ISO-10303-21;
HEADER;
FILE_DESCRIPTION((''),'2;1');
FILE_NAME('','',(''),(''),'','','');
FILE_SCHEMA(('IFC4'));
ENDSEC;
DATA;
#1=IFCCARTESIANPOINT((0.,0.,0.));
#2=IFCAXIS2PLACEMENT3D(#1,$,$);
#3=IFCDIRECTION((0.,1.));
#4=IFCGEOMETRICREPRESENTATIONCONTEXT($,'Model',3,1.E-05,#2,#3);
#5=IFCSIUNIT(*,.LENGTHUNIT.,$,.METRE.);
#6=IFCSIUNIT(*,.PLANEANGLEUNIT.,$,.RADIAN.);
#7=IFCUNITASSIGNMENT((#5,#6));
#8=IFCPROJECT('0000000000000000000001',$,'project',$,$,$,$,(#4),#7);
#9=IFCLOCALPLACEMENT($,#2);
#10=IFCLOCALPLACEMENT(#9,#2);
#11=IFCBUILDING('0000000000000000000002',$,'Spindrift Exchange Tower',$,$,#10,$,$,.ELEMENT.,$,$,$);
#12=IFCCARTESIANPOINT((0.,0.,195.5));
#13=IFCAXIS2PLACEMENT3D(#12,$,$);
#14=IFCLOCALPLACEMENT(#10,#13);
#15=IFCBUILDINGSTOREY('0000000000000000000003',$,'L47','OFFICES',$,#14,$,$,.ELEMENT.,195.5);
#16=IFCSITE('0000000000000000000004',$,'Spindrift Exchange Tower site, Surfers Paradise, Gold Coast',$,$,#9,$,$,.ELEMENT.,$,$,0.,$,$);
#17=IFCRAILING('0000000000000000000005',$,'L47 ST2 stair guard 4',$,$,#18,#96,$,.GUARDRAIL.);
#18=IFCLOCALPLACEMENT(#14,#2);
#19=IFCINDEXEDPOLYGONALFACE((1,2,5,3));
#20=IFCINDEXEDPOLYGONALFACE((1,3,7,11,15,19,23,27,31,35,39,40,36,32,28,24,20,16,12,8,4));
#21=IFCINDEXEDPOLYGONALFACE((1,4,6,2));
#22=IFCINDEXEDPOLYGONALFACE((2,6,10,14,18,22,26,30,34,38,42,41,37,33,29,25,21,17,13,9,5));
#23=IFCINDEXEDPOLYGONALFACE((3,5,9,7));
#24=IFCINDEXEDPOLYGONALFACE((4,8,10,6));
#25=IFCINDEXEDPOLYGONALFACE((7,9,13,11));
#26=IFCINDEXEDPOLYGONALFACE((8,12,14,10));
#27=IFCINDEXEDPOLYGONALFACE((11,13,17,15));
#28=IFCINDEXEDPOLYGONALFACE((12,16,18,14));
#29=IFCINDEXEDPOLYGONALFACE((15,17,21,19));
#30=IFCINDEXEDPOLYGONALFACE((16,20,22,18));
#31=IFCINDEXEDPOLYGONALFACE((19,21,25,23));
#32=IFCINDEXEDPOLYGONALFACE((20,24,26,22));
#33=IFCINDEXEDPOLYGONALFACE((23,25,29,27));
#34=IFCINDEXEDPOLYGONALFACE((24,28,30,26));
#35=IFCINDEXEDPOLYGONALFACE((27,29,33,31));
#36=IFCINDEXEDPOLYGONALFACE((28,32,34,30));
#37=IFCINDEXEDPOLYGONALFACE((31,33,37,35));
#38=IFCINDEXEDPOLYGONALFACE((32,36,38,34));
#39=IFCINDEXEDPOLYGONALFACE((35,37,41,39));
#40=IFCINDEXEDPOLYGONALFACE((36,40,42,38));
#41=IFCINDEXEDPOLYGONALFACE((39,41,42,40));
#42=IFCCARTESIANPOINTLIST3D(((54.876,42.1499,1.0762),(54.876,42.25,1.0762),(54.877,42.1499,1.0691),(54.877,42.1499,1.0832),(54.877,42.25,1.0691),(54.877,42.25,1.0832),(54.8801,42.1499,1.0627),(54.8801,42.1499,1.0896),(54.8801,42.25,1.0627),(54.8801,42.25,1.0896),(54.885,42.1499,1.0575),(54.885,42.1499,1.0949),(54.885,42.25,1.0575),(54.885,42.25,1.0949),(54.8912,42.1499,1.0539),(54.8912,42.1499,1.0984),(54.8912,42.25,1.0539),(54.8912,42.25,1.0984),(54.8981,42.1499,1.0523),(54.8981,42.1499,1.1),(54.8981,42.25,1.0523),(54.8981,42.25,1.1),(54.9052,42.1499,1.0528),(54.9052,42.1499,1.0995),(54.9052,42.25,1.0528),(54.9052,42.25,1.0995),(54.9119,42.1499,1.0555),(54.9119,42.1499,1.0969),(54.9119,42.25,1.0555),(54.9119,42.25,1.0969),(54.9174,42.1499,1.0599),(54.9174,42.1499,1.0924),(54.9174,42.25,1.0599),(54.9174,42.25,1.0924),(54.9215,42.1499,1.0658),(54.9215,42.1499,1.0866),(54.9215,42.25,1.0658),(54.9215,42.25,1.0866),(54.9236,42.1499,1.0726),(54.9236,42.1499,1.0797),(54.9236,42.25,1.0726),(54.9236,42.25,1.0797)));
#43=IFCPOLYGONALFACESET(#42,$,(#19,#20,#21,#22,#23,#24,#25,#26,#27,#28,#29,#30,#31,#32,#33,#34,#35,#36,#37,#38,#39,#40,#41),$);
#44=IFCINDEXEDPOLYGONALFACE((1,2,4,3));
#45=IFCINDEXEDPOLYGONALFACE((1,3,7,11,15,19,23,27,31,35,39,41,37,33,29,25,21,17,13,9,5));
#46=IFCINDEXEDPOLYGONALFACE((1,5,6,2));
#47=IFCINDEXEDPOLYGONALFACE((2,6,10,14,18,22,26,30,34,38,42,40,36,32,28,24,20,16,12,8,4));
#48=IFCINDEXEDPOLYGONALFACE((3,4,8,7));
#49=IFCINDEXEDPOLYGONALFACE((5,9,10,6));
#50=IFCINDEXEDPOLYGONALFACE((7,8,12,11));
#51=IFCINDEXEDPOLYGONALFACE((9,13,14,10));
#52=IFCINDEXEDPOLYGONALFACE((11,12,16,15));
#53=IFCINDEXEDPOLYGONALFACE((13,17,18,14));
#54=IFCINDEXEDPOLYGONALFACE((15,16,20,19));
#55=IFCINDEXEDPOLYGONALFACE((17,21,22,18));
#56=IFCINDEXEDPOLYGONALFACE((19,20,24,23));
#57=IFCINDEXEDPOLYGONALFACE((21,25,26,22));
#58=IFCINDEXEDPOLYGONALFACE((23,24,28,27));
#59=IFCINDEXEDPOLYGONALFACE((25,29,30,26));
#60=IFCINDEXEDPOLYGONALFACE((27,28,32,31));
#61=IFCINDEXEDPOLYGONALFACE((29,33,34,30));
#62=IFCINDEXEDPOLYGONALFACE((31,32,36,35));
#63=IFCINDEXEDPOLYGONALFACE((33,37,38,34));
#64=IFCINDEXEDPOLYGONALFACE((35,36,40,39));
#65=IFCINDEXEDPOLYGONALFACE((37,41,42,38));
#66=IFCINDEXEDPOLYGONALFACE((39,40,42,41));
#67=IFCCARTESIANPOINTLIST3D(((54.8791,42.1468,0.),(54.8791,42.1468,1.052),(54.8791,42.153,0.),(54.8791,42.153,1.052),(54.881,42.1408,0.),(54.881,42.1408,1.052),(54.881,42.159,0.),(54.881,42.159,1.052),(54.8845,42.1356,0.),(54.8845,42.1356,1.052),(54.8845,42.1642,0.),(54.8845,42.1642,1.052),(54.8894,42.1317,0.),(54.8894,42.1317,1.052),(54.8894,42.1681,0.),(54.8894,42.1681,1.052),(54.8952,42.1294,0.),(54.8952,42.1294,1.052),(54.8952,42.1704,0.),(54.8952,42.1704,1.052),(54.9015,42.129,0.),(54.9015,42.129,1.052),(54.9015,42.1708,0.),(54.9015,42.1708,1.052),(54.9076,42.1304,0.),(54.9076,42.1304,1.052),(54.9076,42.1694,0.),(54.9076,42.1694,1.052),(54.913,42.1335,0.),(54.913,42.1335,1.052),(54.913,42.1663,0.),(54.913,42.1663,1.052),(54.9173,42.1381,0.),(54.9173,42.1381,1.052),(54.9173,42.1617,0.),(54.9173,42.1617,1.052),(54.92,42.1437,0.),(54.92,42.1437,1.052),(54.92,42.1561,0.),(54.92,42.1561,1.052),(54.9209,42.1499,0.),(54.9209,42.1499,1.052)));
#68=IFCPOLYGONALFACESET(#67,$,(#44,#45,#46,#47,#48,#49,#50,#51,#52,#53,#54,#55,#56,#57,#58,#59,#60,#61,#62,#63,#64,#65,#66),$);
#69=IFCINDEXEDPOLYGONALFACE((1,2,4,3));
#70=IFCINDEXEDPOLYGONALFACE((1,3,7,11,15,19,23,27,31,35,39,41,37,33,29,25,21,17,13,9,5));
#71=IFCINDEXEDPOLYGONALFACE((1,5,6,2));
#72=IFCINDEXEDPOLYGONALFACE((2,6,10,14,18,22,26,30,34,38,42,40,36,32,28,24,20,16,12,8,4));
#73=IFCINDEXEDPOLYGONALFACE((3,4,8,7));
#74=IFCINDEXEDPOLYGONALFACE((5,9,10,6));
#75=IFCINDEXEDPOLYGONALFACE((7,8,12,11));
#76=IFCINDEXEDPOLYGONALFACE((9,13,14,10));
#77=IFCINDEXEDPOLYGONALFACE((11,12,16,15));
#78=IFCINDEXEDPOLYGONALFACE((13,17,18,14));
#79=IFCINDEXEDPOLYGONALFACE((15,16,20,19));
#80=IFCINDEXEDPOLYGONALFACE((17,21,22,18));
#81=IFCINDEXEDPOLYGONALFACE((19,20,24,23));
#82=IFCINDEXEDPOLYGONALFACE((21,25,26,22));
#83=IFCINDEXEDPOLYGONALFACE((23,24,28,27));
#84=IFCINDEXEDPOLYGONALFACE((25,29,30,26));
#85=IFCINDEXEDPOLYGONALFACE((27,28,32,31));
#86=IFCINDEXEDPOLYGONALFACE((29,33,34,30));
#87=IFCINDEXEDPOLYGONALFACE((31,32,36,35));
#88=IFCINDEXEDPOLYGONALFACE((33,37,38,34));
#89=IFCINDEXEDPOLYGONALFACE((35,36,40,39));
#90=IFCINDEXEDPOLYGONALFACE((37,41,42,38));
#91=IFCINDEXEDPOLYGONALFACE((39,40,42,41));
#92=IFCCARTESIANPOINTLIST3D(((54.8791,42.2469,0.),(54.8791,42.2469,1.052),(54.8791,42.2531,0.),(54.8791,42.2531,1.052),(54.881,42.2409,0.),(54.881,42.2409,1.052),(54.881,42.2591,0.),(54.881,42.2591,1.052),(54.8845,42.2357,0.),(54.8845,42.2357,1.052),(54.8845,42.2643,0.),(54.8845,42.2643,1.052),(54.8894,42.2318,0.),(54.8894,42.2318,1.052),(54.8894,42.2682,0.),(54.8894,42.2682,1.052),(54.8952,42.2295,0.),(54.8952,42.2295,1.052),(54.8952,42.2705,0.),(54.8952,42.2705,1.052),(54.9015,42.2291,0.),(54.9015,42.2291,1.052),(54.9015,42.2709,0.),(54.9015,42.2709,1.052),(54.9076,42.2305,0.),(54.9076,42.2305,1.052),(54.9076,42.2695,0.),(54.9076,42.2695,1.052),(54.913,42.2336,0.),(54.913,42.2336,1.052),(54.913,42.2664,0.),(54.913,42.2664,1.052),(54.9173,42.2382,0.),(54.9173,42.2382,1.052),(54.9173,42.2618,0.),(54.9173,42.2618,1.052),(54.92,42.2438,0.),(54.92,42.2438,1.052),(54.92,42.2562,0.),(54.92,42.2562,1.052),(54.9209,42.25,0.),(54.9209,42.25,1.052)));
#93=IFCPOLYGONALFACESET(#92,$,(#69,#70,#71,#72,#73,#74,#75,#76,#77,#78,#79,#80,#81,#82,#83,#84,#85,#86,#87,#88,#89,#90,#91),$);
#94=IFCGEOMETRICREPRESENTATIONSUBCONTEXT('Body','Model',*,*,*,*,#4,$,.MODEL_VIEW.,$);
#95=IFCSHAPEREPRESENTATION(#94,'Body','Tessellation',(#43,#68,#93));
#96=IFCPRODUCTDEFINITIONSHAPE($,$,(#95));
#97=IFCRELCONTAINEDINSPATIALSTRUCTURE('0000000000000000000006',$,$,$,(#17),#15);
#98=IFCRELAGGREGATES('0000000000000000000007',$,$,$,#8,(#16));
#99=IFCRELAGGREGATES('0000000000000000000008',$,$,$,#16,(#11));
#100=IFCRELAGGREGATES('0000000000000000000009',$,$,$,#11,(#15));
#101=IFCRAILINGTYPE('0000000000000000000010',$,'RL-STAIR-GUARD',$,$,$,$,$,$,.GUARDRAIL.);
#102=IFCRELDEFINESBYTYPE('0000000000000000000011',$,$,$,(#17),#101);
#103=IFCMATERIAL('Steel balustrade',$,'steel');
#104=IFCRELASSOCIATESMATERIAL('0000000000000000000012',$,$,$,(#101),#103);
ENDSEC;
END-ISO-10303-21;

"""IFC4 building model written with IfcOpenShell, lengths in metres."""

from ifc_helpers import new_model, si_unit, direction, frame, origin, origin_2d, place, context, subcontext, project, spatial, circle, extrude, material, type_object, element, save


model = new_model("IFC4")

# Units and contexts
model_context = context("Model", 3, precision=1e-05, world=origin(), true_north=direction((0.0, 1.0)))
body_context = subcontext(model_context, "Body", "Model", "MODEL_VIEW")
ifc_project = project(units=[si_unit("LENGTHUNIT", "METRE"), si_unit("PLANEANGLEUNIT", "RADIAN")], contexts=[model_context])

# Site, building, storey
site_placement = place(None, origin())
site = spatial("IfcSite", under=ifc_project, at=site_placement, Name="Spindrift Exchange Tower site, Surfers Paradise, Gold Coast", CompositionType="ELEMENT", RefElevation=0.0)
building_placement = place(site_placement, origin())
building = spatial("IfcBuilding", under=site, at=building_placement, Name="Spindrift Exchange Tower", CompositionType="ELEMENT")
storey_placement = place(building_placement, frame((0.0, 0.0, 195.5)))
storey = spatial("IfcBuildingStorey", under=building, at=storey_placement, Name="L47", Description="OFFICES", CompositionType="ELEMENT", Elevation=195.5)

# Railing
ifc_material_1 = material(Name="Steel balustrade", Category="steel")
railing_type_1 = type_object("IfcRailingType", Name="RL-STAIR-GUARD", PredefinedType="GUARDRAIL", material=ifc_material_1)
railing_1_placement = place(storey_placement, frame((54.8999, 42.1499, 0.0)))
element("IfcRailing", 1, at=railing_1_placement, inside=storey, type_object=railing_type_1, Name="L47 ST2 stair guard 4", PredefinedType="GUARDRAIL", context=body_context, shape_type="SweptSolid", body=[
    extrude(circle(Radius=0.0239, at=origin_2d()), frame((0.0, 0.0, 1.0762), z_axis=(0.0, 1.0, 0.0), x_axis=(-1.0, 0.0, 0.0)), (0.0, 0.0, 1.0), 0.1001),
    extrude(circle(Radius=0.021, at=origin_2d()), origin(), (0.0, 0.0, 1.0), 1.052),
    extrude(circle(Radius=0.021, at=origin_2d()), frame((0.0, 0.1001, 0.0)), (0.0, 0.0, 1.0), 1.052),
])

save(model, "model.ifc")
